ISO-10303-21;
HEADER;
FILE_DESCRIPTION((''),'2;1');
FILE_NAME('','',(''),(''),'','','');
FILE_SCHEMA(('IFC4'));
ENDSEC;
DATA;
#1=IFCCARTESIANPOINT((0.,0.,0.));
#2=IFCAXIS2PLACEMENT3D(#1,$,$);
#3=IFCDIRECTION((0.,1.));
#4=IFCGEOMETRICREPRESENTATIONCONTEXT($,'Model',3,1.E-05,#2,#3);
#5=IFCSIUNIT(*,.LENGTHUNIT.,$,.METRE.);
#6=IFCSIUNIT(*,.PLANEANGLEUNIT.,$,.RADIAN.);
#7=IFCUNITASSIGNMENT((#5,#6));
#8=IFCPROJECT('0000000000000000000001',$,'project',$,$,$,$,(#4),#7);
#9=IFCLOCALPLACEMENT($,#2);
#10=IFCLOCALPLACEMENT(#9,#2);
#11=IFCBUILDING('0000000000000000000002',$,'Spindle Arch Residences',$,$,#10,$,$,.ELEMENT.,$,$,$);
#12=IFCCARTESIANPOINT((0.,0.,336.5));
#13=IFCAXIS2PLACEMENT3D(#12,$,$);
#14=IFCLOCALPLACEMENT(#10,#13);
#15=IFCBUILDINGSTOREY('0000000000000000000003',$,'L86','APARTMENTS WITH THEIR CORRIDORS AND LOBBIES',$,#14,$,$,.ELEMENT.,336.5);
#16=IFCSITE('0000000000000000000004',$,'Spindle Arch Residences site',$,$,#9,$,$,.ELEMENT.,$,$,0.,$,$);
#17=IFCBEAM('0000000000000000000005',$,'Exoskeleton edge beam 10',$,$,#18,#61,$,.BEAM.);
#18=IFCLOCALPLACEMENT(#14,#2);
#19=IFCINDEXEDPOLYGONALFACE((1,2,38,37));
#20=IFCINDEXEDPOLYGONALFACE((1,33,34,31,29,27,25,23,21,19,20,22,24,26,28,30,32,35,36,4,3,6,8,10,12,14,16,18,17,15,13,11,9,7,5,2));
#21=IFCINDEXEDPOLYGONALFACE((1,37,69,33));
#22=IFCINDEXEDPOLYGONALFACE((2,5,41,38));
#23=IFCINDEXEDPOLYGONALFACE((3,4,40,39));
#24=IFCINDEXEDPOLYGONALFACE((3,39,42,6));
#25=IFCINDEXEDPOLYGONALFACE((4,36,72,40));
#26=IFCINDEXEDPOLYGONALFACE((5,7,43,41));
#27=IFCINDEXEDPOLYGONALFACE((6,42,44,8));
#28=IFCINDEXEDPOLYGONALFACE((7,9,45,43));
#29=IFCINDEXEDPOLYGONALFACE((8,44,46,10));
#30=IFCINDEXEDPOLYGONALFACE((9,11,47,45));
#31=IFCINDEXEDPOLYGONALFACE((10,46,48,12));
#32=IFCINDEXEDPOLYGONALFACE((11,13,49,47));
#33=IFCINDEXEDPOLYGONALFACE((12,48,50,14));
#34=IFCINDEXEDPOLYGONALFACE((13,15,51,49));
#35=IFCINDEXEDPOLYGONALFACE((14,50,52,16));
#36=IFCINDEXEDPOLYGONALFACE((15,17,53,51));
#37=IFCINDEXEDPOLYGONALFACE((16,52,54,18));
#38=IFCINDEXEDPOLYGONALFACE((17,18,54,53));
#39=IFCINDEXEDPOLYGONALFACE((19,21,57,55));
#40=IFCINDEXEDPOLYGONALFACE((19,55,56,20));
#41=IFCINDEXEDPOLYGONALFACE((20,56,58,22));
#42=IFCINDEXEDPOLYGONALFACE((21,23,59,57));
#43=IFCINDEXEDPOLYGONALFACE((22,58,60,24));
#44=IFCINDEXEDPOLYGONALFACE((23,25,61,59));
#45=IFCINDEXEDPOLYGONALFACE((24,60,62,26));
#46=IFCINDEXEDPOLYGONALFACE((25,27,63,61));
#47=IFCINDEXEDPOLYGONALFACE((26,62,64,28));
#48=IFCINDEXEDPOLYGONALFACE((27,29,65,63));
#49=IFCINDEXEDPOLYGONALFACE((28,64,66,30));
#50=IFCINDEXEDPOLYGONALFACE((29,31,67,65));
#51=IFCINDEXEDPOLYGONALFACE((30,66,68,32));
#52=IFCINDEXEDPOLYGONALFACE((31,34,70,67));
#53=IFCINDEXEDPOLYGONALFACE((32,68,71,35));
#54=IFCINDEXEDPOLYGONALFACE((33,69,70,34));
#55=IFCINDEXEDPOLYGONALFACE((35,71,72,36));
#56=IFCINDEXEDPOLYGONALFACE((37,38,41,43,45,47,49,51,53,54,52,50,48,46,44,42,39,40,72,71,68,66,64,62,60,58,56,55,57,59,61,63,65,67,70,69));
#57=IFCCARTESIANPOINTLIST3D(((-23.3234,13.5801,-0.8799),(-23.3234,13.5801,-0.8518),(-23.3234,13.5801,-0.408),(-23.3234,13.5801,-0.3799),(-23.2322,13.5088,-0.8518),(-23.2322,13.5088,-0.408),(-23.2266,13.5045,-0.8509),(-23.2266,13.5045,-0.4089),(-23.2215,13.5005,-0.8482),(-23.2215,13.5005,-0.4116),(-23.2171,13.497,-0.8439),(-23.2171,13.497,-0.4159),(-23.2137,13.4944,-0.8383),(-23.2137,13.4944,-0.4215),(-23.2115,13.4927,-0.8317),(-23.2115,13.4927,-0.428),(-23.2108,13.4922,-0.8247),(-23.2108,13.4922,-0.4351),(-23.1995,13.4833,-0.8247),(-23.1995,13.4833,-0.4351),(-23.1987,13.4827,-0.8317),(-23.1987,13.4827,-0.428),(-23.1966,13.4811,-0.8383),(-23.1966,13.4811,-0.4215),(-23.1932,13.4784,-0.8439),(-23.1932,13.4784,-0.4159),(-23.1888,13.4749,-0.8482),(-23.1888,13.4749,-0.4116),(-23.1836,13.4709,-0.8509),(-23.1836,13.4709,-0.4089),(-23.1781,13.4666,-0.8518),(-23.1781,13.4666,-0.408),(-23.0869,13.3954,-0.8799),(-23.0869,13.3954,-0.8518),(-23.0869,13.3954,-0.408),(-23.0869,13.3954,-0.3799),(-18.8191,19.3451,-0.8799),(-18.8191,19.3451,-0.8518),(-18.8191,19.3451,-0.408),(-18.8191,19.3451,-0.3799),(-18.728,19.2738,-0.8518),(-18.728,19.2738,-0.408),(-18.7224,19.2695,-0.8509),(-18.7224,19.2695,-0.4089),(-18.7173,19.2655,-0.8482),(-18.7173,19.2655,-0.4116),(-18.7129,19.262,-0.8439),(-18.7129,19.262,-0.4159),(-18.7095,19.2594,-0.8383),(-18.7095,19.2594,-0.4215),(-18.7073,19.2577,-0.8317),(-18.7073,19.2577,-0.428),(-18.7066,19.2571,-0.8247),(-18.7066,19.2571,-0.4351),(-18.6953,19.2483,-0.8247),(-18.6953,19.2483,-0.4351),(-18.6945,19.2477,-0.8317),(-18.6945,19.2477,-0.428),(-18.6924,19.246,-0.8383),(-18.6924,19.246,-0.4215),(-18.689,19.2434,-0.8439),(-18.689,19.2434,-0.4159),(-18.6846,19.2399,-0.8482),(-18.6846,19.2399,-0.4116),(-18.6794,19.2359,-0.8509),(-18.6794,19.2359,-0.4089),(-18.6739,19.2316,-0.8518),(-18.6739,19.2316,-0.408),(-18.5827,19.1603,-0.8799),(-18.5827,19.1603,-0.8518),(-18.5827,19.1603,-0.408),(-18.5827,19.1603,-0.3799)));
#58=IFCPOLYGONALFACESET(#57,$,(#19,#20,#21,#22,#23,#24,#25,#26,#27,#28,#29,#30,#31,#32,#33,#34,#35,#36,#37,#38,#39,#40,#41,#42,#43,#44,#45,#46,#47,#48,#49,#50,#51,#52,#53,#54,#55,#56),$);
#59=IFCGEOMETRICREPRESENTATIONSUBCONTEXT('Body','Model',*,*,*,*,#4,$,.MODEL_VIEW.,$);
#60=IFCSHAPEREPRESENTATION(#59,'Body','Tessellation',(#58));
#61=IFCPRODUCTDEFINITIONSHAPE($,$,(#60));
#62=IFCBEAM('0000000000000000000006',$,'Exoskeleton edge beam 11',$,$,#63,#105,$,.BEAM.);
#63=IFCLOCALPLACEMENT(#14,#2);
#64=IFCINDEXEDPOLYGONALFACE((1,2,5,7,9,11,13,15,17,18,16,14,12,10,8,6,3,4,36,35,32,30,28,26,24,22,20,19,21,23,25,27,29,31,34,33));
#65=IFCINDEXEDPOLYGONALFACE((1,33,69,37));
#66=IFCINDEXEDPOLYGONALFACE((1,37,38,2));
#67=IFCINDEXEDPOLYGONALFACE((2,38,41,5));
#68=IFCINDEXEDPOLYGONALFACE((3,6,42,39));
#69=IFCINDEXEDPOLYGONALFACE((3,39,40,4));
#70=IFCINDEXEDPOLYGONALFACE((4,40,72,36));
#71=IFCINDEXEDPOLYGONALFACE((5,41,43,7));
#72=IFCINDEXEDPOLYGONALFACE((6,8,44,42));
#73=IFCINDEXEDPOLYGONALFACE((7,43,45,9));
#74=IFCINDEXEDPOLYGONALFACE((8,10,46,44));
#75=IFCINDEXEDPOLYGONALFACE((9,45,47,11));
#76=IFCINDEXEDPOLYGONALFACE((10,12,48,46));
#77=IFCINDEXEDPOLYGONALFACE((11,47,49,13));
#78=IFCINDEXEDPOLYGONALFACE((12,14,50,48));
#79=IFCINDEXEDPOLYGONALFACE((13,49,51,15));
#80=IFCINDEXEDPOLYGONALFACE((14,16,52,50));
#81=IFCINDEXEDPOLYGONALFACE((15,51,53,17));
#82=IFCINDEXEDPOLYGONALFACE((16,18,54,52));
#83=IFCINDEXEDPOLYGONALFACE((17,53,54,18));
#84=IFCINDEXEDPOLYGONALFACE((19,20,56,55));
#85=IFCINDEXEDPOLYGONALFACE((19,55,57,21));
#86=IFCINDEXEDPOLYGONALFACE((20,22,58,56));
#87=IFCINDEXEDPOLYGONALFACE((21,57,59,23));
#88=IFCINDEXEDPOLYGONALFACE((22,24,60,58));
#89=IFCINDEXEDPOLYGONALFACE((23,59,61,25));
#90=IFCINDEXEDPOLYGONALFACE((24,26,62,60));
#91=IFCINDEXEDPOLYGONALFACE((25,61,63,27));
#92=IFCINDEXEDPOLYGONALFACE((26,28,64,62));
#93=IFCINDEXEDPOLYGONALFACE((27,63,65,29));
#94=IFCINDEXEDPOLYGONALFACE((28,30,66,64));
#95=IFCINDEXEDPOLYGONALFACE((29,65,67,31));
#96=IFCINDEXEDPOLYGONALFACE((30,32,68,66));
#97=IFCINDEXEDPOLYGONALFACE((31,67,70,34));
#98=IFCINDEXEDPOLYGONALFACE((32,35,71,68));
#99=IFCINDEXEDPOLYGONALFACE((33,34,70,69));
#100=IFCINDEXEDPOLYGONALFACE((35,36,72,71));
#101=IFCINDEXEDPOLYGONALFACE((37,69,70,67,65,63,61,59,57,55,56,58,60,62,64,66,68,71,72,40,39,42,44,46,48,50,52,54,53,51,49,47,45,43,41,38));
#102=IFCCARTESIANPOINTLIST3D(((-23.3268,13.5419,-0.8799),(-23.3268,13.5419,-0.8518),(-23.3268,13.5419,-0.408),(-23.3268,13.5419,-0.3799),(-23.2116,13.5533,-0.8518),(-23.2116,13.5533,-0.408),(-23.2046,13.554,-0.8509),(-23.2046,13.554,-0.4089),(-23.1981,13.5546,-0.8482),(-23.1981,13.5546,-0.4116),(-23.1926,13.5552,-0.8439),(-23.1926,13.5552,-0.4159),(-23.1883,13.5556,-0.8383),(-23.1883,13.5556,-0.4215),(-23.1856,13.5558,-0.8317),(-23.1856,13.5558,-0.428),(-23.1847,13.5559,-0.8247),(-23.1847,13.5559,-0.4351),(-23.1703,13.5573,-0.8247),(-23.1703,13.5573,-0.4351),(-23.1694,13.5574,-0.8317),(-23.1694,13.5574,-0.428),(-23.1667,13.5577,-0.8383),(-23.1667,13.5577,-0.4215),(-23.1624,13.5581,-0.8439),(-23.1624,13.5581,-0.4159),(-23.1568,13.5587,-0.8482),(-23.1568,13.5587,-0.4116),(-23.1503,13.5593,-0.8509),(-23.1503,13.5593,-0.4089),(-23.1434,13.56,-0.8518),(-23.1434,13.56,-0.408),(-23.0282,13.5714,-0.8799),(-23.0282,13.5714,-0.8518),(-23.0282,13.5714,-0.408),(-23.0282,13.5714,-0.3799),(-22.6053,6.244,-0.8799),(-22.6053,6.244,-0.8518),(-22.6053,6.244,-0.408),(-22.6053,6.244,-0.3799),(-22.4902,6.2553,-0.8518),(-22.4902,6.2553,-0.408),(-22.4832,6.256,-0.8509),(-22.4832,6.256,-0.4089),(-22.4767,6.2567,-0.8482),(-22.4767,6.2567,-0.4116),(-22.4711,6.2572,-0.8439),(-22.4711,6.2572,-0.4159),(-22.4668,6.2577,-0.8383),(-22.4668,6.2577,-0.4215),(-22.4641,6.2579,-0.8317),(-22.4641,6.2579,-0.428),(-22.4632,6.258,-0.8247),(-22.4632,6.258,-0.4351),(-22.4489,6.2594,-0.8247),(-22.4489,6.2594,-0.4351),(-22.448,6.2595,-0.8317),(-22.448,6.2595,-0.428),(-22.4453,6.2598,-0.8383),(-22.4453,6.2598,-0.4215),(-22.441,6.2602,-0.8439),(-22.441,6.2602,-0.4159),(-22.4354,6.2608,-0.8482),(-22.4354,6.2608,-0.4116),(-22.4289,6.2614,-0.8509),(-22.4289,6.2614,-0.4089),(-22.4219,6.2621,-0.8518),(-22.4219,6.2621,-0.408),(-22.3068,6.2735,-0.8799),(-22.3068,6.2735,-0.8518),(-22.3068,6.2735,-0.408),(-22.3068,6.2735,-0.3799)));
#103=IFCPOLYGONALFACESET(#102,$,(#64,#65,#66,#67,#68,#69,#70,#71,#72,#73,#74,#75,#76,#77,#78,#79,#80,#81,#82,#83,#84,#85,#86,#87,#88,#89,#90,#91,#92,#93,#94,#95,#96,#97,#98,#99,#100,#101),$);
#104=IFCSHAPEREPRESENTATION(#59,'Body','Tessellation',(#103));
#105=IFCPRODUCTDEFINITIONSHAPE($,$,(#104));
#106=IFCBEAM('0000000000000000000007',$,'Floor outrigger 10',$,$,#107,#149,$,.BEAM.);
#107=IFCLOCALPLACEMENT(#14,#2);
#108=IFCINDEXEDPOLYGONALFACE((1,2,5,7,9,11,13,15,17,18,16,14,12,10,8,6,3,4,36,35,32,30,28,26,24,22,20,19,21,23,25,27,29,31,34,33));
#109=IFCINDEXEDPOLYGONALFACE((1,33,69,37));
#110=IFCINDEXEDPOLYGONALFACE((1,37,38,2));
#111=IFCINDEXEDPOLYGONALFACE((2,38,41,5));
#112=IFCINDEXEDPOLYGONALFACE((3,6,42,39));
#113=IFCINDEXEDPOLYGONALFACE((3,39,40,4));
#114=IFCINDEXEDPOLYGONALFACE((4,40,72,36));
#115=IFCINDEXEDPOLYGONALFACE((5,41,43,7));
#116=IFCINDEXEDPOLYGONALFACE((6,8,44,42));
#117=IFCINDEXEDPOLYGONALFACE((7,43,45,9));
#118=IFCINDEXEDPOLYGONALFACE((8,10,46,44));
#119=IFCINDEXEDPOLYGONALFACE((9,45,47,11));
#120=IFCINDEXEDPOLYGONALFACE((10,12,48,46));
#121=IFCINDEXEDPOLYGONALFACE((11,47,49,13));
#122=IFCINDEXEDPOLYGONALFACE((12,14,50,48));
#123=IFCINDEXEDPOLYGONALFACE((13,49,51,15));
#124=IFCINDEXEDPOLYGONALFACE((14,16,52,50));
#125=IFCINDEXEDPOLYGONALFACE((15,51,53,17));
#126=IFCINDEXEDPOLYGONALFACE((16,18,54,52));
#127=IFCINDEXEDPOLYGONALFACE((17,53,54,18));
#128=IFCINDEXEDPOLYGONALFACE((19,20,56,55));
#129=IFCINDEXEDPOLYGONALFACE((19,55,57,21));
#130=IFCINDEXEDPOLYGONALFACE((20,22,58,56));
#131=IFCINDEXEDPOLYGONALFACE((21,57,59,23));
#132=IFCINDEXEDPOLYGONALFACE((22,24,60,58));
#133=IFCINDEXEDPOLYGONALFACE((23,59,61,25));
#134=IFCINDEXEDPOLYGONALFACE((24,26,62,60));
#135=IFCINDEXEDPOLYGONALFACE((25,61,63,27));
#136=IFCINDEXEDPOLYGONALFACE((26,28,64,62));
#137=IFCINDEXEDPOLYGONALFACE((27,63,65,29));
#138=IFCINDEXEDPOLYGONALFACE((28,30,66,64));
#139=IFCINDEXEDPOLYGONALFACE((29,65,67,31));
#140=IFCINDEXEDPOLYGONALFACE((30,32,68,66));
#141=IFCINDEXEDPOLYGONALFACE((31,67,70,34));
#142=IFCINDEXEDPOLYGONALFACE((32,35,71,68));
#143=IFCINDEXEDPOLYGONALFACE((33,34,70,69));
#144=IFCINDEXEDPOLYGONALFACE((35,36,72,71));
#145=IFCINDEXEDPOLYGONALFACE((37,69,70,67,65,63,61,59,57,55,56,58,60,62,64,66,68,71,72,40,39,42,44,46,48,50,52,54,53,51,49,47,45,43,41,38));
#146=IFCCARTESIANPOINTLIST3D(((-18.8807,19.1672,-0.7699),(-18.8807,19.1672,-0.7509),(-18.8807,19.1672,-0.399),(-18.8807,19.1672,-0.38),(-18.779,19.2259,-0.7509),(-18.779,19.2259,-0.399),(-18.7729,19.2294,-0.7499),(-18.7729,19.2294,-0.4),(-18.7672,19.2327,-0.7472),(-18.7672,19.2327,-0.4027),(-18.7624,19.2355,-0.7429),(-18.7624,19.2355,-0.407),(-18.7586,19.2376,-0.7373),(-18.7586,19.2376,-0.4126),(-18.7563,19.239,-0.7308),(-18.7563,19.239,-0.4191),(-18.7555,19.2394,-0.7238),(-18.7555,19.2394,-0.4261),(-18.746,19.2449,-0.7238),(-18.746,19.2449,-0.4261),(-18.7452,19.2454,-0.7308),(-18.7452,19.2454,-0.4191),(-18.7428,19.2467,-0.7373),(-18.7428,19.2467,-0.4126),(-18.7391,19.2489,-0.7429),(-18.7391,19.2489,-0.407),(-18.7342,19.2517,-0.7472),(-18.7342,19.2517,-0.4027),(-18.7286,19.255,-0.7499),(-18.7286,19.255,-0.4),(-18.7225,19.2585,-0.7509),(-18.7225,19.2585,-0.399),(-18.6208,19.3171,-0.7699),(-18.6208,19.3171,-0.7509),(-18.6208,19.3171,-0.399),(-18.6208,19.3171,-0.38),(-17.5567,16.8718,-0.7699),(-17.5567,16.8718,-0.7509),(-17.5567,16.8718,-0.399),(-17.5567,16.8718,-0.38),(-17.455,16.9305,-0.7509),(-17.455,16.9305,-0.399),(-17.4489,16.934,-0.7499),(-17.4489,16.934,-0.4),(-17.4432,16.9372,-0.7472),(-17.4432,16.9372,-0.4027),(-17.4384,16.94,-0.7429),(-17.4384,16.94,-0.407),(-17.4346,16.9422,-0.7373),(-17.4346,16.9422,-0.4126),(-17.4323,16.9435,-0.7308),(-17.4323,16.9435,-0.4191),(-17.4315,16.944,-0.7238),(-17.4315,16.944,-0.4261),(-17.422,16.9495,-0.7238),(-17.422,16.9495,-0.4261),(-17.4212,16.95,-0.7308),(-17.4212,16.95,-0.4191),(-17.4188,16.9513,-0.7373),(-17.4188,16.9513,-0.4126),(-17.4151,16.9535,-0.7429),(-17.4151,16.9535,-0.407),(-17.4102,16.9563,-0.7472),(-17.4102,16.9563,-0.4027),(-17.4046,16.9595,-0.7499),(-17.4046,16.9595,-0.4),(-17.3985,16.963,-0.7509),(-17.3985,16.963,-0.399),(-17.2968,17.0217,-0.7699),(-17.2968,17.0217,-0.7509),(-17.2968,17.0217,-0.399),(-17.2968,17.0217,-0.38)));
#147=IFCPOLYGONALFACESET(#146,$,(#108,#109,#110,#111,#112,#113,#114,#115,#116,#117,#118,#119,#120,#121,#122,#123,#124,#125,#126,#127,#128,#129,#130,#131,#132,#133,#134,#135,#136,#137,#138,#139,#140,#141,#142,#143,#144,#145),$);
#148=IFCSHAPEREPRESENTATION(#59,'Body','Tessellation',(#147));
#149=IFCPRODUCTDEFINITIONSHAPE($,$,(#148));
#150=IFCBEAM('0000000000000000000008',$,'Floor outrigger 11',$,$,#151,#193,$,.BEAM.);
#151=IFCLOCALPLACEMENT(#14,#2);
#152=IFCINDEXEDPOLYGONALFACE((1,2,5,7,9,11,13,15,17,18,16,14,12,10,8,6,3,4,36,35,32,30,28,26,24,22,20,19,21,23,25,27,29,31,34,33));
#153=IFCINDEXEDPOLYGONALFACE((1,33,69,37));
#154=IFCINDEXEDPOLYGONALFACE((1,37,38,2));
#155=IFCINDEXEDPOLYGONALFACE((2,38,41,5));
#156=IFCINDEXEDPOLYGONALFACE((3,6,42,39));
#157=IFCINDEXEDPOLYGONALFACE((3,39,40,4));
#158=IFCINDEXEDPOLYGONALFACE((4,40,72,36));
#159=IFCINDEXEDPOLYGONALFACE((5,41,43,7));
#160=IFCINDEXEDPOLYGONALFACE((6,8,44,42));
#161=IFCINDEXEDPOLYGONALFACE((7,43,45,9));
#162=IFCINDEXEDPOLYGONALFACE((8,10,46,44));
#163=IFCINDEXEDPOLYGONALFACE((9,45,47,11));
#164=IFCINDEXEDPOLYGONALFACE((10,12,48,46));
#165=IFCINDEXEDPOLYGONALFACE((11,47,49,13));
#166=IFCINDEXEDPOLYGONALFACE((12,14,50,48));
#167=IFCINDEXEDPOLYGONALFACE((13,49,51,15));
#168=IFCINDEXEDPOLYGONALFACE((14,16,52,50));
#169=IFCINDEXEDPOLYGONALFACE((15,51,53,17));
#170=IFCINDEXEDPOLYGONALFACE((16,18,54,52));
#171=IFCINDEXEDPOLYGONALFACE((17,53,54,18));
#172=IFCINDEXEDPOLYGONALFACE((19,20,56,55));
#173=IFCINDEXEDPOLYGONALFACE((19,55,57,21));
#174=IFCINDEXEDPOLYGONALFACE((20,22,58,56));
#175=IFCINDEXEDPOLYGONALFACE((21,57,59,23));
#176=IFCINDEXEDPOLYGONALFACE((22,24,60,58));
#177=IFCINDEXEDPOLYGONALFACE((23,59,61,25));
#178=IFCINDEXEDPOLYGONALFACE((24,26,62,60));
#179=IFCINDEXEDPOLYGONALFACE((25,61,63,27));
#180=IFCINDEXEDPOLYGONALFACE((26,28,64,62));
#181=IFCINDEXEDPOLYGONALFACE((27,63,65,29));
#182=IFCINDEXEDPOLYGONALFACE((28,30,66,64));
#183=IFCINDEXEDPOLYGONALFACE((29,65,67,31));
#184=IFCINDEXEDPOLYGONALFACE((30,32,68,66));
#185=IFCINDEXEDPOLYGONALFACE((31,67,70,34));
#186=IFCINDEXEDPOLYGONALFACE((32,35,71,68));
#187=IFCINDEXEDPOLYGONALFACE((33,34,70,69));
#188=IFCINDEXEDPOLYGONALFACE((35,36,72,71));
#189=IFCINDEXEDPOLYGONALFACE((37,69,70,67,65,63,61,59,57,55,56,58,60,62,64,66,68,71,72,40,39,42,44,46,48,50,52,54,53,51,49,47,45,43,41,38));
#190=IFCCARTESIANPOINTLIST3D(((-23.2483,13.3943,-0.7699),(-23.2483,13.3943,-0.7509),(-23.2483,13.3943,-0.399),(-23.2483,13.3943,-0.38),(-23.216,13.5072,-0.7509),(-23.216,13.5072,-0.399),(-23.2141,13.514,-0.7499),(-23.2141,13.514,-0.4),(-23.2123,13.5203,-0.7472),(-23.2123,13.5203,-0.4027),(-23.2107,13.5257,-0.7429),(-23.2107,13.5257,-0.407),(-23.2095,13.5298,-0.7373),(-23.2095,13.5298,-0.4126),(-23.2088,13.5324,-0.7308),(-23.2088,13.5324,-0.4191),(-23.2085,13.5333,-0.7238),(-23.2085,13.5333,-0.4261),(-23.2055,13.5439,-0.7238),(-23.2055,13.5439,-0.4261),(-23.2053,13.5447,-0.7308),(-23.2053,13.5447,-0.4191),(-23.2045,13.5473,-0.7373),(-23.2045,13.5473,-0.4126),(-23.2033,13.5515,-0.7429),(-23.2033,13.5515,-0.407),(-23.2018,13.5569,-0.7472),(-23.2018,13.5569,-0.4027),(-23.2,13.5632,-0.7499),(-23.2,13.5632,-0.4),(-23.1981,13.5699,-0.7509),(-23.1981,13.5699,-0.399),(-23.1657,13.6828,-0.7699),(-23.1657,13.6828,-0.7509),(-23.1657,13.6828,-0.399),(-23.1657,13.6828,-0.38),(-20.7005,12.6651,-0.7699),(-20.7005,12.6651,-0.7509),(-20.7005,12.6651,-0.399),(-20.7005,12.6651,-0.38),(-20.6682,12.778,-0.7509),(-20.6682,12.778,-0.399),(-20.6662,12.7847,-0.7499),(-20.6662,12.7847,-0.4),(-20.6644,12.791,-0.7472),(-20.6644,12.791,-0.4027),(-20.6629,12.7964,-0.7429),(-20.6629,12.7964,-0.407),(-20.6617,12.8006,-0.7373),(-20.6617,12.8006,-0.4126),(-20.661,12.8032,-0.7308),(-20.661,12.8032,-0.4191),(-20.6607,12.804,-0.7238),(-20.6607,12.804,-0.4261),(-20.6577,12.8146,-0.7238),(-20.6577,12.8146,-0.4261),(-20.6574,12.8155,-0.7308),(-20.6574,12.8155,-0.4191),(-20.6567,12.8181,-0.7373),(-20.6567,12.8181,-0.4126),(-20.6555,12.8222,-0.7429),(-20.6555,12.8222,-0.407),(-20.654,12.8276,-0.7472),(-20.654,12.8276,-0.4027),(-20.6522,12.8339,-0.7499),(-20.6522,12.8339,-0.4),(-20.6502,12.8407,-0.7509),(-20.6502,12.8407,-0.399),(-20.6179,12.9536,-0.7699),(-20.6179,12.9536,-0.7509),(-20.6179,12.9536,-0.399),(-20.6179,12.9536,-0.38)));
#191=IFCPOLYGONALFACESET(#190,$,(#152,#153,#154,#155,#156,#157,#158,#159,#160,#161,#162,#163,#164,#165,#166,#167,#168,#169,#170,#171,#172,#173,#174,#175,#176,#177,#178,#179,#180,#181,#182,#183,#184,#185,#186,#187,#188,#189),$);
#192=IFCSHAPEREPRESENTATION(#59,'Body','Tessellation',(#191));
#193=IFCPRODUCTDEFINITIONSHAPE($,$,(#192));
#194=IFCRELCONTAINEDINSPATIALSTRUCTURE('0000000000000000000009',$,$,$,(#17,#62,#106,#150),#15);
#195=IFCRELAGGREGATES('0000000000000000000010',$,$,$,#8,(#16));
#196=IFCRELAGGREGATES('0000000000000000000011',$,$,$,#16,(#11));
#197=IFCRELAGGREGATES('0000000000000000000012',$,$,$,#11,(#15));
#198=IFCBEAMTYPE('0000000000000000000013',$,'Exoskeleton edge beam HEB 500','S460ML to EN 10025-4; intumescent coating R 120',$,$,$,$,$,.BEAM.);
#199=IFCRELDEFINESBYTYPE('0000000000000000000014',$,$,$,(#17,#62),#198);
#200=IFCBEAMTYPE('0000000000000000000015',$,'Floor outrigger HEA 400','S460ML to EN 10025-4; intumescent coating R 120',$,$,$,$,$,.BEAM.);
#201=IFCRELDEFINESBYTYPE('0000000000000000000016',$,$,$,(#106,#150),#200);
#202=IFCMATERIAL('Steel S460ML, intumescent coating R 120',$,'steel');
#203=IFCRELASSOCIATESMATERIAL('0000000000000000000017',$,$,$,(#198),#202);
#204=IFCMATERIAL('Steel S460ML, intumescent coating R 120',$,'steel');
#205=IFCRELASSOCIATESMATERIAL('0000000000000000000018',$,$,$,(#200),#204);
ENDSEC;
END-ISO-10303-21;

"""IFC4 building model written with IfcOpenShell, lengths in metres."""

from ifc_helpers import new_model, si_unit, direction, frame, origin, origin_2d, place, context, subcontext, project, spatial, i_section, extrude, material, material_profile, profile_set, type_object, element, save


model = new_model("IFC4")

# Units and contexts
model_context = context("Model", 3, precision=1e-05, world=origin(), true_north=direction((0.0, 1.0)))
body_context = subcontext(model_context, "Body", "Model", "MODEL_VIEW")
ifc_project = project(units=[si_unit("LENGTHUNIT", "METRE"), si_unit("PLANEANGLEUNIT", "RADIAN")], contexts=[model_context])

# Site, building, storey
site_placement = place(None, origin())
site = spatial("IfcSite", under=ifc_project, at=site_placement, Name="Spindle Arch Residences site", CompositionType="ELEMENT", RefElevation=0.0)
building_placement = place(site_placement, origin())
building = spatial("IfcBuilding", under=site, at=building_placement, Name="Spindle Arch Residences", CompositionType="ELEMENT")
storey_placement = place(building_placement, frame((0.0, 0.0, 336.5)))
storey = spatial("IfcBuildingStorey", under=building, at=storey_placement, Name="L86", Description="APARTMENTS WITH THEIR CORRIDORS AND LOBBIES", CompositionType="ELEMENT", Elevation=336.5)

# Beams
ifc_material_1 = material(Name="Steel S460ML, intumescent coating R 120", Category="steel")
ifc_material_profile_1 = material_profile(ifc_material_1, i_section(OverallWidth=0.3, OverallDepth=0.5, WebThickness=0.0144, FlangeThickness=0.0281, FilletRadius=0.0271, at=origin_2d()), Name="HEB 500")
ifc_profile_set_1 = profile_set([ifc_material_profile_1], Name="Steel S460ML, intumescent coating R 120")
beam_type_1 = type_object("IfcBeamType", Name="Exoskeleton edge beam HEB 500", Description="S460ML to EN 10025-4; intumescent coating R 120", PredefinedType="BEAM", material=ifc_profile_set_1)
beam_1_placement = place(storey_placement, frame((-18.7009, 19.2527, -0.6299), z_axis=(-0.615672, -0.788003, 0.0), x_axis=(0.788003, -0.615672, 0.0)))
element("IfcBeam", 1, at=beam_1_placement, inside=storey, type_object=beam_type_1, Name="Exoskeleton edge beam 10", PredefinedType="BEAM", context=body_context, shape_type="SweptSolid", body=[
    extrude(i_section(OverallWidth=0.3, OverallDepth=0.5, WebThickness=0.0144, FlangeThickness=0.0281, FilletRadius=0.0271, at=origin_2d()), origin(), (0.0, 0.0, 1.0), 7.3159),
])
beam_2_placement = place(storey_placement, frame((-23.1775, 13.5566, -0.6299), z_axis=(0.098376, -0.995149, 0.0), x_axis=(0.995149, 0.098376, 0.0)))
element("IfcBeam", 2, at=beam_2_placement, inside=storey, type_object=beam_type_1, Name="Exoskeleton edge beam 11", PredefinedType="BEAM", context=body_context, shape_type="SweptSolid", body=[
    extrude(i_section(OverallWidth=0.3, OverallDepth=0.5, WebThickness=0.0144, FlangeThickness=0.0281, FilletRadius=0.0271, at=origin_2d()), origin(), (0.0, 0.0, 1.0), 7.3335),
])
ifc_material_2 = material(Name="Steel S460ML, intumescent coating R 120", Category="steel")
ifc_material_profile_2 = material_profile(ifc_material_2, i_section(OverallWidth=0.3, OverallDepth=0.3899, WebThickness=0.011, FlangeThickness=0.019, FilletRadius=0.0271, at=origin_2d()), Name="HEA 400")
ifc_profile_set_2 = profile_set([ifc_material_profile_2], Name="Steel S460ML, intumescent coating R 120")
beam_type_2 = type_object("IfcBeamType", Name="Floor outrigger HEA 400", Description="S460ML to EN 10025-4; intumescent coating R 120", PredefinedType="BEAM", material=ifc_profile_set_2)
beam_3_placement = place(storey_placement, frame((-18.7507, 19.2422, -0.575), z_axis=(0.499637, -0.866235, 0.0), x_axis=(0.866235, 0.499637, 0.0)))
element("IfcBeam", 3, at=beam_3_placement, inside=storey, type_object=beam_type_2, Name="Floor outrigger 10", PredefinedType="BEAM", context=body_context, shape_type="SweptSolid", body=[
    extrude(i_section(OverallWidth=0.3, OverallDepth=0.3899, WebThickness=0.011, FlangeThickness=0.019, FilletRadius=0.0271, at=origin_2d()), origin(), (0.0, 0.0, 1.0), 2.6499),
])
beam_4_placement = place(storey_placement, frame((-23.207, 13.5386, -0.575), z_axis=(0.961395, -0.275171, 0.0), x_axis=(0.275171, 0.961395, 0.0)))
element("IfcBeam", 4, at=beam_4_placement, inside=storey, type_object=beam_type_2, Name="Floor outrigger 11", PredefinedType="BEAM", context=body_context, shape_type="SweptSolid", body=[
    extrude(i_section(OverallWidth=0.3, OverallDepth=0.3899, WebThickness=0.011, FlangeThickness=0.019, FilletRadius=0.0271, at=origin_2d()), origin(), (0.0, 0.0, 1.0), 2.6501),
])

save(model, "model.ifc")
